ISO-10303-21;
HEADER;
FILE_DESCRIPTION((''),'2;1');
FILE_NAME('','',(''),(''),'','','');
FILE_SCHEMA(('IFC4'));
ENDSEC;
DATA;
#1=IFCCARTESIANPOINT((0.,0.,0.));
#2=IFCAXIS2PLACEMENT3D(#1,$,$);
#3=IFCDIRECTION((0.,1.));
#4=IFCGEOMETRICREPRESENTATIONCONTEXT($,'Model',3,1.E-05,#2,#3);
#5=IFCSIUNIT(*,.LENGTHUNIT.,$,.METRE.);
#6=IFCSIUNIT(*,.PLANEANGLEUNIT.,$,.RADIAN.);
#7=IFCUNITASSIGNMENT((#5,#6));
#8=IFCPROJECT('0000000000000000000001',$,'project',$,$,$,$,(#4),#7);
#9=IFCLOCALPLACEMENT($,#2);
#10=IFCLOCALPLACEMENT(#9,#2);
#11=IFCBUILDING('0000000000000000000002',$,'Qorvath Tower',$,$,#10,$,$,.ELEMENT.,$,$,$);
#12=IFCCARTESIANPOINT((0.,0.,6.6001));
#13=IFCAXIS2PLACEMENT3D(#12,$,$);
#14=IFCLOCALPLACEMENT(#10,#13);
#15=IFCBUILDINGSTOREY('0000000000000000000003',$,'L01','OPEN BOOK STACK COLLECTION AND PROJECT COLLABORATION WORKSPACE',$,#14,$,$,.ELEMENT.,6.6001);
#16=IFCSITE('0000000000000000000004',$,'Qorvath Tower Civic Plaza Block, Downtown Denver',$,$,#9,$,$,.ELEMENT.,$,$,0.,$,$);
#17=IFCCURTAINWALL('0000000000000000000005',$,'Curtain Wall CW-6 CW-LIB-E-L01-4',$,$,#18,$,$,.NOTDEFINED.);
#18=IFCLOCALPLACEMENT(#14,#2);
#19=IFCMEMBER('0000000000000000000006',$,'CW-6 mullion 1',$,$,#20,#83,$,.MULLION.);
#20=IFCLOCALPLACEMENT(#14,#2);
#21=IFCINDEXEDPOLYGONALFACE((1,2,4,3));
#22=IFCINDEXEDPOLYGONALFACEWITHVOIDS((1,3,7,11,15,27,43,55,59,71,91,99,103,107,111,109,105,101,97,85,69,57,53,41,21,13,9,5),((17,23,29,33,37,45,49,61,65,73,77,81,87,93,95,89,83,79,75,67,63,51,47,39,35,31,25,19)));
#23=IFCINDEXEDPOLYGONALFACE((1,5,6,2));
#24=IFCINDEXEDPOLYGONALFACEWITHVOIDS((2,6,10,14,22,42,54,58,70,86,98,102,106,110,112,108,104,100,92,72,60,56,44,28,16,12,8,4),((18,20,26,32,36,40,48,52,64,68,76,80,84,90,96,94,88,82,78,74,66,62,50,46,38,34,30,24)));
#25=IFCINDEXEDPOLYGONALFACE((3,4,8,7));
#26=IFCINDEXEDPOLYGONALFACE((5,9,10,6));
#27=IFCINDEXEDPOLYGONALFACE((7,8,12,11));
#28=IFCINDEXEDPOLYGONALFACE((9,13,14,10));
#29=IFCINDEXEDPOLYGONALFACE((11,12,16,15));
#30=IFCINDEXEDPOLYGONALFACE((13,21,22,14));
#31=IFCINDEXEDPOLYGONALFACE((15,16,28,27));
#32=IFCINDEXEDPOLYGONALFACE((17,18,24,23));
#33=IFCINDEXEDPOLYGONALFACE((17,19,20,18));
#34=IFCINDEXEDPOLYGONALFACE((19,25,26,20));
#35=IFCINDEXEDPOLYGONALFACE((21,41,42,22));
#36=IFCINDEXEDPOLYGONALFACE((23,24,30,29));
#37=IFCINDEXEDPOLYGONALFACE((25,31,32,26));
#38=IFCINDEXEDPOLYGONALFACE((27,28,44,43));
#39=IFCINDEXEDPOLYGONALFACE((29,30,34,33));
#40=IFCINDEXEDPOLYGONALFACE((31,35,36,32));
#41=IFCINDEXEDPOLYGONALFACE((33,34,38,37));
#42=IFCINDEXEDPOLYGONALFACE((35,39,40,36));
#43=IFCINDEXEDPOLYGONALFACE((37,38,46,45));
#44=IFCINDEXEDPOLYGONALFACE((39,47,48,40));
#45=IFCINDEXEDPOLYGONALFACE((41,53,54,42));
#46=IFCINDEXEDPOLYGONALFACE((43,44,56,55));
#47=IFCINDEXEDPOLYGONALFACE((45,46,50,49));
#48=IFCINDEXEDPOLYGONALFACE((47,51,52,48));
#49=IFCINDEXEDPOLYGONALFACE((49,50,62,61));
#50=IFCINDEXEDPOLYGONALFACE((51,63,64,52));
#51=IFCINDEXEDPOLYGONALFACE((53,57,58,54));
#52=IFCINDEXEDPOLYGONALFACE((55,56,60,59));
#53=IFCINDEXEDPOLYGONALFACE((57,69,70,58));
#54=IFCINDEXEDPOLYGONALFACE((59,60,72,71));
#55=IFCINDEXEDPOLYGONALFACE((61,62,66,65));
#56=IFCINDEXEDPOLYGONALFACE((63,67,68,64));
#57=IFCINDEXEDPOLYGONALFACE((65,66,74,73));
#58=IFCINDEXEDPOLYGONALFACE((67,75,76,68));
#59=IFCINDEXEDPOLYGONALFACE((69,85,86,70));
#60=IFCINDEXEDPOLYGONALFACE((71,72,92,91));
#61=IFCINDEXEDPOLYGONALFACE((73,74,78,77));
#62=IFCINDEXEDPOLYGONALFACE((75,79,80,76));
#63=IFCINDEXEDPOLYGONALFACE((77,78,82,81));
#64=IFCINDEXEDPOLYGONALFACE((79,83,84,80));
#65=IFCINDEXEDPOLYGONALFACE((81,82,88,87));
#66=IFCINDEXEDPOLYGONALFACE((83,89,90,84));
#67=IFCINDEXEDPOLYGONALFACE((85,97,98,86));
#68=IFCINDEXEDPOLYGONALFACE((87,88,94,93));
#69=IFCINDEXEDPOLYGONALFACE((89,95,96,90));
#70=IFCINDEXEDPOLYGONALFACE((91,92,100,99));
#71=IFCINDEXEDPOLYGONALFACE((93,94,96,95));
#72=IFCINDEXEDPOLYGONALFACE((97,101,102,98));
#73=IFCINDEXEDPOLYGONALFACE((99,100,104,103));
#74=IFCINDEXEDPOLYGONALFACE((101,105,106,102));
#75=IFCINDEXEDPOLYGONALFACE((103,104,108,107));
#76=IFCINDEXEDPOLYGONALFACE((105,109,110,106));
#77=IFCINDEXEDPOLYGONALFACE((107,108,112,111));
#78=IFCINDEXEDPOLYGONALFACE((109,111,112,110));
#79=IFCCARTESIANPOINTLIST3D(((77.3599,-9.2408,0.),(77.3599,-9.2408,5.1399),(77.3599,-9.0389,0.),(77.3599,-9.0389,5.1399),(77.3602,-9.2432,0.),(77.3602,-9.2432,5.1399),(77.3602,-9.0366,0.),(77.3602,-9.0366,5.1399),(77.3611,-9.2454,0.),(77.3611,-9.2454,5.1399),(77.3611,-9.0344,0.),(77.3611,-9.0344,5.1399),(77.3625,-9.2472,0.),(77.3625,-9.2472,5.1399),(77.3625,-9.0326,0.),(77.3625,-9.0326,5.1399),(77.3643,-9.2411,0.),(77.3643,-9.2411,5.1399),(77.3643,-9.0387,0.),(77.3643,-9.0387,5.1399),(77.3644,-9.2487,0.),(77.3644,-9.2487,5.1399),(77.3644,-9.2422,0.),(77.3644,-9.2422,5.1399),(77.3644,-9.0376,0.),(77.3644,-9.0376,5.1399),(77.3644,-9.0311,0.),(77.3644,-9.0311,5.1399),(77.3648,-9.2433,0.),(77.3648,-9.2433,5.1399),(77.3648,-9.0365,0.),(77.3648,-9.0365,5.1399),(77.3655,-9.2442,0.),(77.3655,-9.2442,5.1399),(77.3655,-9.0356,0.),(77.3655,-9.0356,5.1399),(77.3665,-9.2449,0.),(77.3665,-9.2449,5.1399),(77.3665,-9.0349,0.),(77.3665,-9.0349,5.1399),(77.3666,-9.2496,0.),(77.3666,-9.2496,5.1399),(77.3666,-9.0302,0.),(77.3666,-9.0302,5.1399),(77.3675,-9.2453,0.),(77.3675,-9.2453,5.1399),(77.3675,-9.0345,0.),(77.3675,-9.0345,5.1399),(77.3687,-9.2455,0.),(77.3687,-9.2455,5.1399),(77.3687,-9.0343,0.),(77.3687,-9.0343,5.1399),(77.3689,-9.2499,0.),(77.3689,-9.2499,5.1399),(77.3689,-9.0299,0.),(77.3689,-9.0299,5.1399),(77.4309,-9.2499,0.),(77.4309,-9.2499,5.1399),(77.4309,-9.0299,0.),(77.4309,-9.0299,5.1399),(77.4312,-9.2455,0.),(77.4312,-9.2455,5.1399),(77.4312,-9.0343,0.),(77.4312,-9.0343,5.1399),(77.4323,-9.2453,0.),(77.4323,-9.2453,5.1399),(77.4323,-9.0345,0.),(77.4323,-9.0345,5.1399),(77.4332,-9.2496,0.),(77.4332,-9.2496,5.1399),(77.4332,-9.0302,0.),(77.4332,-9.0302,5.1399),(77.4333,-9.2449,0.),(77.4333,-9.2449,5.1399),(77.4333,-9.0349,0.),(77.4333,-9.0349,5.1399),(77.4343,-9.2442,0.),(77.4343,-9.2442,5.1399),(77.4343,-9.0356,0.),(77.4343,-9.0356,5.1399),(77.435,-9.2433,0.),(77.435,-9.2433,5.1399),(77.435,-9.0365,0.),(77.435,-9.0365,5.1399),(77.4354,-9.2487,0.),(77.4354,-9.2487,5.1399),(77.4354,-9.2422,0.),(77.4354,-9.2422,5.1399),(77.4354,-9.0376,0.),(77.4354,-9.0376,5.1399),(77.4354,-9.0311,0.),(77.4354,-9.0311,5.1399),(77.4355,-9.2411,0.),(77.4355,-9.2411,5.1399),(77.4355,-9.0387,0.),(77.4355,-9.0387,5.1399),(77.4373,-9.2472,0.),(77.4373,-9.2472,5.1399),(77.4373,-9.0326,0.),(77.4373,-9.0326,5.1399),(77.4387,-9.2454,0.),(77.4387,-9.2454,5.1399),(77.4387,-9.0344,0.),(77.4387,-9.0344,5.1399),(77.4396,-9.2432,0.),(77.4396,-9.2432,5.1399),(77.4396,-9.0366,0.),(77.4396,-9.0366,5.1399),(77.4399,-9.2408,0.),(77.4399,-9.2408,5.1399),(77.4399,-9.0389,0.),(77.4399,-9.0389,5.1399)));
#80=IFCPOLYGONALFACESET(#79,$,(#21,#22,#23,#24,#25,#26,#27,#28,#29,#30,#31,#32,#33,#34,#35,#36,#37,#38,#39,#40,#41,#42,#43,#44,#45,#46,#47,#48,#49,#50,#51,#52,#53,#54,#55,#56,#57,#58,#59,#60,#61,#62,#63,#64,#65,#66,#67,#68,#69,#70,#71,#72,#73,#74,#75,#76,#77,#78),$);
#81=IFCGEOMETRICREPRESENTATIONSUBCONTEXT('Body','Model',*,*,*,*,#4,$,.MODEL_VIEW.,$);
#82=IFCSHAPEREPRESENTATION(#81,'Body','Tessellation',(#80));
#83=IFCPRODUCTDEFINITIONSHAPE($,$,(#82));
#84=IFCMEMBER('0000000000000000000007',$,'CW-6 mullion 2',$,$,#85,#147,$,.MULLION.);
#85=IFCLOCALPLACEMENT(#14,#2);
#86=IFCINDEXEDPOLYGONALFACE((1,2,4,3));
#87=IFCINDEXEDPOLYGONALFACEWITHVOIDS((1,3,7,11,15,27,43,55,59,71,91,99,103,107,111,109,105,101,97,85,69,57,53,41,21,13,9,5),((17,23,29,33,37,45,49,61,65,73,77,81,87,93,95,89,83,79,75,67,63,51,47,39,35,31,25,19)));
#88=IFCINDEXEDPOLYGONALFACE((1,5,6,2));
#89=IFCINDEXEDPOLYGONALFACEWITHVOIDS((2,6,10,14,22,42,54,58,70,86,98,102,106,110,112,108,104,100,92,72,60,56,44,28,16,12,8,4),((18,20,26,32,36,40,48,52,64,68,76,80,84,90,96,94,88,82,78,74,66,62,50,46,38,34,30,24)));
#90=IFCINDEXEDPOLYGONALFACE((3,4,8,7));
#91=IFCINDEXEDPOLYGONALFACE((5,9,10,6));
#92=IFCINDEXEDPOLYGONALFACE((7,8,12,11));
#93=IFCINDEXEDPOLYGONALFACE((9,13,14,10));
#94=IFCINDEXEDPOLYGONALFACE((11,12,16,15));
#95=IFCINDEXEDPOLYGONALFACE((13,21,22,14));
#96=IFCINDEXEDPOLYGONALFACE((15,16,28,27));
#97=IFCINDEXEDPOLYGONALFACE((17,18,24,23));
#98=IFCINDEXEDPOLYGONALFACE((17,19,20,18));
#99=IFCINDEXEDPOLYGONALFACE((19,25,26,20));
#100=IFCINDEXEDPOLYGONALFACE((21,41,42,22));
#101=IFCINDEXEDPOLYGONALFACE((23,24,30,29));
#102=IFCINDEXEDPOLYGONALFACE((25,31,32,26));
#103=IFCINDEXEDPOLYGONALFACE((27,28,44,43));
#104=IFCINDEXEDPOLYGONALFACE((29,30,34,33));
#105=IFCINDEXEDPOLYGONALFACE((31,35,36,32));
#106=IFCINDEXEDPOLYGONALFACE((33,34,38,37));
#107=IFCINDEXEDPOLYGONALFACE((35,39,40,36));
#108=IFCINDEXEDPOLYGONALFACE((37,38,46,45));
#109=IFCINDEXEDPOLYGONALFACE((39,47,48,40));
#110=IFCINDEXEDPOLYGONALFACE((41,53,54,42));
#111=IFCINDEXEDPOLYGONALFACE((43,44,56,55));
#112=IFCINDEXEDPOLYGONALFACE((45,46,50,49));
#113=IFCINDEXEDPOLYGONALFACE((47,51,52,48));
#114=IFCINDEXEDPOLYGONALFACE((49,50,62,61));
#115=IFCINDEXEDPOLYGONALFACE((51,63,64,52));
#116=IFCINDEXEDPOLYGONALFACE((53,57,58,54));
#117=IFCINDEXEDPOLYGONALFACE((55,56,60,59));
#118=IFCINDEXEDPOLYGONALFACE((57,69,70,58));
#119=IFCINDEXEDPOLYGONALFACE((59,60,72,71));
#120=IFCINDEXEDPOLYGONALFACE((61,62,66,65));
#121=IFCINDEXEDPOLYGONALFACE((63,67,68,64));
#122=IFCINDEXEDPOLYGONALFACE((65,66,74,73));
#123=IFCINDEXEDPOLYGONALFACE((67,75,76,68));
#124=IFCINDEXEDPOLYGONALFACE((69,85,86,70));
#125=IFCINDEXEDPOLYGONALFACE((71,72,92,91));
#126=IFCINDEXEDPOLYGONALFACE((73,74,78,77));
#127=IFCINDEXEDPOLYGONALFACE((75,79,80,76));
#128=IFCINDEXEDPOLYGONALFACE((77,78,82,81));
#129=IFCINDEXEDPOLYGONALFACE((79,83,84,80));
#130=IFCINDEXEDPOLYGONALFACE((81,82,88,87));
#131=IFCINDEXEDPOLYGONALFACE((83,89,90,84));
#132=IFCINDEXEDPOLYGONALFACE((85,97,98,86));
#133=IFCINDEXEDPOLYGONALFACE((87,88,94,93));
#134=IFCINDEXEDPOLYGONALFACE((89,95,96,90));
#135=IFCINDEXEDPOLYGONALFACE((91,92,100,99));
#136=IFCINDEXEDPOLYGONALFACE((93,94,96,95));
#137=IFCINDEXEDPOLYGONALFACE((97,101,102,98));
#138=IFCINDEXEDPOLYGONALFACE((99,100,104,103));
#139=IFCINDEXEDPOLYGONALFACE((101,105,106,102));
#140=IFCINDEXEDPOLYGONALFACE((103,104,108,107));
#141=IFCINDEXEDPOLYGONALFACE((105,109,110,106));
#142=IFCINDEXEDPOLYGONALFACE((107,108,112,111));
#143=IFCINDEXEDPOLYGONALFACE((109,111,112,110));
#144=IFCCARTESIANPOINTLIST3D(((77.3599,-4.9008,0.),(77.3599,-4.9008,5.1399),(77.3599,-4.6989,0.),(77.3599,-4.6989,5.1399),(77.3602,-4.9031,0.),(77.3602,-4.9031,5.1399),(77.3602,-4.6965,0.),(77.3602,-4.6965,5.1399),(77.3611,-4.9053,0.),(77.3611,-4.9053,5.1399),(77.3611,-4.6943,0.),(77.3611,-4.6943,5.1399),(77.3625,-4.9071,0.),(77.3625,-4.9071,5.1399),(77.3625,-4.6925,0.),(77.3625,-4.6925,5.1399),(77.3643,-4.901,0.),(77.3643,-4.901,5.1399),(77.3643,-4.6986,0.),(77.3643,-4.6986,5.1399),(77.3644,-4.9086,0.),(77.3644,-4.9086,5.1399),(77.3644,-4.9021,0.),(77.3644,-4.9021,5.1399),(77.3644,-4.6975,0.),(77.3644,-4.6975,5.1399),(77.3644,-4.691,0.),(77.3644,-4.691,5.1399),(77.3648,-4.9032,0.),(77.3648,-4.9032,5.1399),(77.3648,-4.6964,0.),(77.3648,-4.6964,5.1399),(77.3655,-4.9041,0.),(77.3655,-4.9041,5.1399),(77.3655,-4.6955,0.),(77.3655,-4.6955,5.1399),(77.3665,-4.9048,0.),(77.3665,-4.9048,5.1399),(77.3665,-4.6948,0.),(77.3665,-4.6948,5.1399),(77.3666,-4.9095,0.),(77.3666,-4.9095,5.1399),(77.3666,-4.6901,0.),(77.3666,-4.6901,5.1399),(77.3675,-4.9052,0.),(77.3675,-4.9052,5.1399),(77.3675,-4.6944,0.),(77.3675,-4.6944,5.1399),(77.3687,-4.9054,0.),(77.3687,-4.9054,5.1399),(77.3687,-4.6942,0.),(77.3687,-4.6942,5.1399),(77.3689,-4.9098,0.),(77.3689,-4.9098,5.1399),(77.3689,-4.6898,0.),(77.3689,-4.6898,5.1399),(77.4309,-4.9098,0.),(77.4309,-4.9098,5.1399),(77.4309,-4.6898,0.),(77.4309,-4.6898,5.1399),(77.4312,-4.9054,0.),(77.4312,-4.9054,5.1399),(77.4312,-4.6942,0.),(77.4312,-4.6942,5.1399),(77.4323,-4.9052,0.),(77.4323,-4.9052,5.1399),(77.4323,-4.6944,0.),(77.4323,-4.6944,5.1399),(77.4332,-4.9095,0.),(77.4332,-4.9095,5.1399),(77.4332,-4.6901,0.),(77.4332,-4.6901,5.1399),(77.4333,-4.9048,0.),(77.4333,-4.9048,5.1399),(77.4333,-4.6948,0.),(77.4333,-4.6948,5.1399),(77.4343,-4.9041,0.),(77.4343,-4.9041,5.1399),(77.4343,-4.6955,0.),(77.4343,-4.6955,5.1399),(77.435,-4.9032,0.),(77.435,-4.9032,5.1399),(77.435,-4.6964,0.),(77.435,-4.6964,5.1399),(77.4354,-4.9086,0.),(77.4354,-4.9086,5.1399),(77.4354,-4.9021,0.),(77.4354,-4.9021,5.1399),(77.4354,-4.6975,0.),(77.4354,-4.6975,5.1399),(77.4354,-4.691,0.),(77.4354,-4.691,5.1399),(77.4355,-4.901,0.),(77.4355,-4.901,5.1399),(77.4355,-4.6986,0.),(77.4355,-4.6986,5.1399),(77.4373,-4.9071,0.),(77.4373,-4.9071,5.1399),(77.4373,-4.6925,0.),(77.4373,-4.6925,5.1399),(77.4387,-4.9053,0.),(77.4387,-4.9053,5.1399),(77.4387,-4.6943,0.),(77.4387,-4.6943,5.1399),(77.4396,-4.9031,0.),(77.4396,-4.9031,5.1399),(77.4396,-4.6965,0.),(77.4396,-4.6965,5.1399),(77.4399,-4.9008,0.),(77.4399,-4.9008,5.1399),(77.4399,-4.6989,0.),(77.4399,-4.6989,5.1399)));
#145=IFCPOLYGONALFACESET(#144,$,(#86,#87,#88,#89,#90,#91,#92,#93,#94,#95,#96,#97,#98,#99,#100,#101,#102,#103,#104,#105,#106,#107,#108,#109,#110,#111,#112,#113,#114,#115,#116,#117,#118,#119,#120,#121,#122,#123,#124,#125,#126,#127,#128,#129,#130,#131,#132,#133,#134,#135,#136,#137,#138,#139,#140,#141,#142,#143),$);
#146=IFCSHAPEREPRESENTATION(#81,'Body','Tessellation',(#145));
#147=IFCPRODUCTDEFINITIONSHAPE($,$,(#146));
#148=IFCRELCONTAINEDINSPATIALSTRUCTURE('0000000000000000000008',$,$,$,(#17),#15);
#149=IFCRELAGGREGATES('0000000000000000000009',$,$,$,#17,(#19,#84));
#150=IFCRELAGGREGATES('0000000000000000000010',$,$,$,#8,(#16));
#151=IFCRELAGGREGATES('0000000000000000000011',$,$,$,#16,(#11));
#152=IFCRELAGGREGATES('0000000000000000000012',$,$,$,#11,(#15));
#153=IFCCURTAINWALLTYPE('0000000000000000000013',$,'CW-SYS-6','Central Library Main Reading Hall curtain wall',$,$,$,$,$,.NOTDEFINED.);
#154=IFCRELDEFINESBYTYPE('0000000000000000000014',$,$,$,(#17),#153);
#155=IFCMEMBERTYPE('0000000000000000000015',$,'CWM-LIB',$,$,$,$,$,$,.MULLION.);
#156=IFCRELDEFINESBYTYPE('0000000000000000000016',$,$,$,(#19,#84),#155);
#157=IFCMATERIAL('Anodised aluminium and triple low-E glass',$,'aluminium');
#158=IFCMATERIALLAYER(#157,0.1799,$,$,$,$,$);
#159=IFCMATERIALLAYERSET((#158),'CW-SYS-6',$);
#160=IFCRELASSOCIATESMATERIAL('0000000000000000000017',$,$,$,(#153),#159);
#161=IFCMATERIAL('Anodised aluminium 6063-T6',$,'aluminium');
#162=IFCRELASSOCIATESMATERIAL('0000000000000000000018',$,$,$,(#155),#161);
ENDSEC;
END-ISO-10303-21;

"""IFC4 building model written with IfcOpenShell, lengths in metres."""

from ifc_helpers import new_model, si_unit, direction, frame, origin, origin_2d, place, context, subcontext, project, spatial, hollow_rectangle, extrude, material, layer, layer_set, material_profile, profile_set, type_object, element, aggregate, save


model = new_model("IFC4")

# Units and contexts
model_context = context("Model", 3, precision=1e-05, world=origin(), true_north=direction((0.0, 1.0)))
body_context = subcontext(model_context, "Body", "Model", "MODEL_VIEW")
ifc_project = project(units=[si_unit("LENGTHUNIT", "METRE"), si_unit("PLANEANGLEUNIT", "RADIAN")], contexts=[model_context])

# Site, building, storey
site_placement = place(None, origin())
site = spatial("IfcSite", under=ifc_project, at=site_placement, Name="Qorvath Tower Civic Plaza Block, Downtown Denver", CompositionType="ELEMENT", RefElevation=0.0)
building_placement = place(site_placement, origin())
building = spatial("IfcBuilding", under=site, at=building_placement, Name="Qorvath Tower", CompositionType="ELEMENT")
storey_placement = place(building_placement, frame((0.0, 0.0, 6.6001)))
storey = spatial("IfcBuildingStorey", under=building, at=storey_placement, Name="L01", Description="OPEN BOOK STACK COLLECTION AND PROJECT COLLABORATION WORKSPACE", CompositionType="ELEMENT", Elevation=6.6001)

# Curtain wall, members
ifc_material_1 = material(Name="Anodised aluminium and triple low-E glass", Category="aluminium")
ifc_layer_1 = layer(ifc_material_1, 0.1799)
ifc_layer_set_1 = layer_set([ifc_layer_1], Name="CW-SYS-6")
curtain_wall_type = type_object("IfcCurtainWallType", Name="CW-SYS-6", Description="Central Library Main Reading Hall curtain wall", PredefinedType="NOTDEFINED", material=ifc_layer_set_1)
ifc_material_2 = material(Name="Anodised aluminium 6063-T6", Category="aluminium")
ifc_material_profile_1 = material_profile(ifc_material_2, hollow_rectangle(XDim=0.0801, YDim=0.22, WallThickness=0.0044, InnerFilletRadius=0.0044, OuterFilletRadius=0.009, at=origin_2d()), Name="CWM LIB 220x80")
ifc_profile_set_1 = profile_set([ifc_material_profile_1], Name="Anodised aluminium 6063-T6")
member_type_1 = type_object("IfcMemberType", Name="CWM-LIB", PredefinedType="MULLION", material=ifc_profile_set_1)
curtain_wall_1_placement = place(storey_placement, origin())
curtain_wall_1 = element("IfcCurtainWall", 1, at=curtain_wall_1_placement, inside=storey, type_object=curtain_wall_type, Name="Curtain Wall CW-6 CW-LIB-E-L01-4", PredefinedType="NOTDEFINED")
member_1_placement = place(storey_placement, frame((77.3999, -9.1399, 0.0), z_axis=(0.0, 0.0, 1.0), x_axis=(-1.0, 0.0, 0.0)))
member_1 = element("IfcMember", 2, at=member_1_placement, type_object=member_type_1, Name="CW-6 mullion 1", PredefinedType="MULLION", context=body_context, shape_type="SweptSolid", body=[
    extrude(hollow_rectangle(XDim=0.0801, YDim=0.22, WallThickness=0.0044, InnerFilletRadius=0.0044, OuterFilletRadius=0.009, at=origin_2d()), origin(), (0.0, 0.0, 1.0), 5.1399),
])
member_2_placement = place(storey_placement, frame((77.3999, -4.7998, 0.0), z_axis=(0.0, 0.0, 1.0), x_axis=(-1.0, 0.0, 0.0)))
member_2 = element("IfcMember", 3, at=member_2_placement, type_object=member_type_1, Name="CW-6 mullion 2", PredefinedType="MULLION", context=body_context, shape_type="SweptSolid", body=[
    extrude(hollow_rectangle(XDim=0.0801, YDim=0.22, WallThickness=0.0044, InnerFilletRadius=0.0044, OuterFilletRadius=0.009, at=origin_2d()), origin(), (0.0, 0.0, 1.0), 5.1399),
])

aggregate(curtain_wall_1, [member_1, member_2])

save(model, "model.ifc")
